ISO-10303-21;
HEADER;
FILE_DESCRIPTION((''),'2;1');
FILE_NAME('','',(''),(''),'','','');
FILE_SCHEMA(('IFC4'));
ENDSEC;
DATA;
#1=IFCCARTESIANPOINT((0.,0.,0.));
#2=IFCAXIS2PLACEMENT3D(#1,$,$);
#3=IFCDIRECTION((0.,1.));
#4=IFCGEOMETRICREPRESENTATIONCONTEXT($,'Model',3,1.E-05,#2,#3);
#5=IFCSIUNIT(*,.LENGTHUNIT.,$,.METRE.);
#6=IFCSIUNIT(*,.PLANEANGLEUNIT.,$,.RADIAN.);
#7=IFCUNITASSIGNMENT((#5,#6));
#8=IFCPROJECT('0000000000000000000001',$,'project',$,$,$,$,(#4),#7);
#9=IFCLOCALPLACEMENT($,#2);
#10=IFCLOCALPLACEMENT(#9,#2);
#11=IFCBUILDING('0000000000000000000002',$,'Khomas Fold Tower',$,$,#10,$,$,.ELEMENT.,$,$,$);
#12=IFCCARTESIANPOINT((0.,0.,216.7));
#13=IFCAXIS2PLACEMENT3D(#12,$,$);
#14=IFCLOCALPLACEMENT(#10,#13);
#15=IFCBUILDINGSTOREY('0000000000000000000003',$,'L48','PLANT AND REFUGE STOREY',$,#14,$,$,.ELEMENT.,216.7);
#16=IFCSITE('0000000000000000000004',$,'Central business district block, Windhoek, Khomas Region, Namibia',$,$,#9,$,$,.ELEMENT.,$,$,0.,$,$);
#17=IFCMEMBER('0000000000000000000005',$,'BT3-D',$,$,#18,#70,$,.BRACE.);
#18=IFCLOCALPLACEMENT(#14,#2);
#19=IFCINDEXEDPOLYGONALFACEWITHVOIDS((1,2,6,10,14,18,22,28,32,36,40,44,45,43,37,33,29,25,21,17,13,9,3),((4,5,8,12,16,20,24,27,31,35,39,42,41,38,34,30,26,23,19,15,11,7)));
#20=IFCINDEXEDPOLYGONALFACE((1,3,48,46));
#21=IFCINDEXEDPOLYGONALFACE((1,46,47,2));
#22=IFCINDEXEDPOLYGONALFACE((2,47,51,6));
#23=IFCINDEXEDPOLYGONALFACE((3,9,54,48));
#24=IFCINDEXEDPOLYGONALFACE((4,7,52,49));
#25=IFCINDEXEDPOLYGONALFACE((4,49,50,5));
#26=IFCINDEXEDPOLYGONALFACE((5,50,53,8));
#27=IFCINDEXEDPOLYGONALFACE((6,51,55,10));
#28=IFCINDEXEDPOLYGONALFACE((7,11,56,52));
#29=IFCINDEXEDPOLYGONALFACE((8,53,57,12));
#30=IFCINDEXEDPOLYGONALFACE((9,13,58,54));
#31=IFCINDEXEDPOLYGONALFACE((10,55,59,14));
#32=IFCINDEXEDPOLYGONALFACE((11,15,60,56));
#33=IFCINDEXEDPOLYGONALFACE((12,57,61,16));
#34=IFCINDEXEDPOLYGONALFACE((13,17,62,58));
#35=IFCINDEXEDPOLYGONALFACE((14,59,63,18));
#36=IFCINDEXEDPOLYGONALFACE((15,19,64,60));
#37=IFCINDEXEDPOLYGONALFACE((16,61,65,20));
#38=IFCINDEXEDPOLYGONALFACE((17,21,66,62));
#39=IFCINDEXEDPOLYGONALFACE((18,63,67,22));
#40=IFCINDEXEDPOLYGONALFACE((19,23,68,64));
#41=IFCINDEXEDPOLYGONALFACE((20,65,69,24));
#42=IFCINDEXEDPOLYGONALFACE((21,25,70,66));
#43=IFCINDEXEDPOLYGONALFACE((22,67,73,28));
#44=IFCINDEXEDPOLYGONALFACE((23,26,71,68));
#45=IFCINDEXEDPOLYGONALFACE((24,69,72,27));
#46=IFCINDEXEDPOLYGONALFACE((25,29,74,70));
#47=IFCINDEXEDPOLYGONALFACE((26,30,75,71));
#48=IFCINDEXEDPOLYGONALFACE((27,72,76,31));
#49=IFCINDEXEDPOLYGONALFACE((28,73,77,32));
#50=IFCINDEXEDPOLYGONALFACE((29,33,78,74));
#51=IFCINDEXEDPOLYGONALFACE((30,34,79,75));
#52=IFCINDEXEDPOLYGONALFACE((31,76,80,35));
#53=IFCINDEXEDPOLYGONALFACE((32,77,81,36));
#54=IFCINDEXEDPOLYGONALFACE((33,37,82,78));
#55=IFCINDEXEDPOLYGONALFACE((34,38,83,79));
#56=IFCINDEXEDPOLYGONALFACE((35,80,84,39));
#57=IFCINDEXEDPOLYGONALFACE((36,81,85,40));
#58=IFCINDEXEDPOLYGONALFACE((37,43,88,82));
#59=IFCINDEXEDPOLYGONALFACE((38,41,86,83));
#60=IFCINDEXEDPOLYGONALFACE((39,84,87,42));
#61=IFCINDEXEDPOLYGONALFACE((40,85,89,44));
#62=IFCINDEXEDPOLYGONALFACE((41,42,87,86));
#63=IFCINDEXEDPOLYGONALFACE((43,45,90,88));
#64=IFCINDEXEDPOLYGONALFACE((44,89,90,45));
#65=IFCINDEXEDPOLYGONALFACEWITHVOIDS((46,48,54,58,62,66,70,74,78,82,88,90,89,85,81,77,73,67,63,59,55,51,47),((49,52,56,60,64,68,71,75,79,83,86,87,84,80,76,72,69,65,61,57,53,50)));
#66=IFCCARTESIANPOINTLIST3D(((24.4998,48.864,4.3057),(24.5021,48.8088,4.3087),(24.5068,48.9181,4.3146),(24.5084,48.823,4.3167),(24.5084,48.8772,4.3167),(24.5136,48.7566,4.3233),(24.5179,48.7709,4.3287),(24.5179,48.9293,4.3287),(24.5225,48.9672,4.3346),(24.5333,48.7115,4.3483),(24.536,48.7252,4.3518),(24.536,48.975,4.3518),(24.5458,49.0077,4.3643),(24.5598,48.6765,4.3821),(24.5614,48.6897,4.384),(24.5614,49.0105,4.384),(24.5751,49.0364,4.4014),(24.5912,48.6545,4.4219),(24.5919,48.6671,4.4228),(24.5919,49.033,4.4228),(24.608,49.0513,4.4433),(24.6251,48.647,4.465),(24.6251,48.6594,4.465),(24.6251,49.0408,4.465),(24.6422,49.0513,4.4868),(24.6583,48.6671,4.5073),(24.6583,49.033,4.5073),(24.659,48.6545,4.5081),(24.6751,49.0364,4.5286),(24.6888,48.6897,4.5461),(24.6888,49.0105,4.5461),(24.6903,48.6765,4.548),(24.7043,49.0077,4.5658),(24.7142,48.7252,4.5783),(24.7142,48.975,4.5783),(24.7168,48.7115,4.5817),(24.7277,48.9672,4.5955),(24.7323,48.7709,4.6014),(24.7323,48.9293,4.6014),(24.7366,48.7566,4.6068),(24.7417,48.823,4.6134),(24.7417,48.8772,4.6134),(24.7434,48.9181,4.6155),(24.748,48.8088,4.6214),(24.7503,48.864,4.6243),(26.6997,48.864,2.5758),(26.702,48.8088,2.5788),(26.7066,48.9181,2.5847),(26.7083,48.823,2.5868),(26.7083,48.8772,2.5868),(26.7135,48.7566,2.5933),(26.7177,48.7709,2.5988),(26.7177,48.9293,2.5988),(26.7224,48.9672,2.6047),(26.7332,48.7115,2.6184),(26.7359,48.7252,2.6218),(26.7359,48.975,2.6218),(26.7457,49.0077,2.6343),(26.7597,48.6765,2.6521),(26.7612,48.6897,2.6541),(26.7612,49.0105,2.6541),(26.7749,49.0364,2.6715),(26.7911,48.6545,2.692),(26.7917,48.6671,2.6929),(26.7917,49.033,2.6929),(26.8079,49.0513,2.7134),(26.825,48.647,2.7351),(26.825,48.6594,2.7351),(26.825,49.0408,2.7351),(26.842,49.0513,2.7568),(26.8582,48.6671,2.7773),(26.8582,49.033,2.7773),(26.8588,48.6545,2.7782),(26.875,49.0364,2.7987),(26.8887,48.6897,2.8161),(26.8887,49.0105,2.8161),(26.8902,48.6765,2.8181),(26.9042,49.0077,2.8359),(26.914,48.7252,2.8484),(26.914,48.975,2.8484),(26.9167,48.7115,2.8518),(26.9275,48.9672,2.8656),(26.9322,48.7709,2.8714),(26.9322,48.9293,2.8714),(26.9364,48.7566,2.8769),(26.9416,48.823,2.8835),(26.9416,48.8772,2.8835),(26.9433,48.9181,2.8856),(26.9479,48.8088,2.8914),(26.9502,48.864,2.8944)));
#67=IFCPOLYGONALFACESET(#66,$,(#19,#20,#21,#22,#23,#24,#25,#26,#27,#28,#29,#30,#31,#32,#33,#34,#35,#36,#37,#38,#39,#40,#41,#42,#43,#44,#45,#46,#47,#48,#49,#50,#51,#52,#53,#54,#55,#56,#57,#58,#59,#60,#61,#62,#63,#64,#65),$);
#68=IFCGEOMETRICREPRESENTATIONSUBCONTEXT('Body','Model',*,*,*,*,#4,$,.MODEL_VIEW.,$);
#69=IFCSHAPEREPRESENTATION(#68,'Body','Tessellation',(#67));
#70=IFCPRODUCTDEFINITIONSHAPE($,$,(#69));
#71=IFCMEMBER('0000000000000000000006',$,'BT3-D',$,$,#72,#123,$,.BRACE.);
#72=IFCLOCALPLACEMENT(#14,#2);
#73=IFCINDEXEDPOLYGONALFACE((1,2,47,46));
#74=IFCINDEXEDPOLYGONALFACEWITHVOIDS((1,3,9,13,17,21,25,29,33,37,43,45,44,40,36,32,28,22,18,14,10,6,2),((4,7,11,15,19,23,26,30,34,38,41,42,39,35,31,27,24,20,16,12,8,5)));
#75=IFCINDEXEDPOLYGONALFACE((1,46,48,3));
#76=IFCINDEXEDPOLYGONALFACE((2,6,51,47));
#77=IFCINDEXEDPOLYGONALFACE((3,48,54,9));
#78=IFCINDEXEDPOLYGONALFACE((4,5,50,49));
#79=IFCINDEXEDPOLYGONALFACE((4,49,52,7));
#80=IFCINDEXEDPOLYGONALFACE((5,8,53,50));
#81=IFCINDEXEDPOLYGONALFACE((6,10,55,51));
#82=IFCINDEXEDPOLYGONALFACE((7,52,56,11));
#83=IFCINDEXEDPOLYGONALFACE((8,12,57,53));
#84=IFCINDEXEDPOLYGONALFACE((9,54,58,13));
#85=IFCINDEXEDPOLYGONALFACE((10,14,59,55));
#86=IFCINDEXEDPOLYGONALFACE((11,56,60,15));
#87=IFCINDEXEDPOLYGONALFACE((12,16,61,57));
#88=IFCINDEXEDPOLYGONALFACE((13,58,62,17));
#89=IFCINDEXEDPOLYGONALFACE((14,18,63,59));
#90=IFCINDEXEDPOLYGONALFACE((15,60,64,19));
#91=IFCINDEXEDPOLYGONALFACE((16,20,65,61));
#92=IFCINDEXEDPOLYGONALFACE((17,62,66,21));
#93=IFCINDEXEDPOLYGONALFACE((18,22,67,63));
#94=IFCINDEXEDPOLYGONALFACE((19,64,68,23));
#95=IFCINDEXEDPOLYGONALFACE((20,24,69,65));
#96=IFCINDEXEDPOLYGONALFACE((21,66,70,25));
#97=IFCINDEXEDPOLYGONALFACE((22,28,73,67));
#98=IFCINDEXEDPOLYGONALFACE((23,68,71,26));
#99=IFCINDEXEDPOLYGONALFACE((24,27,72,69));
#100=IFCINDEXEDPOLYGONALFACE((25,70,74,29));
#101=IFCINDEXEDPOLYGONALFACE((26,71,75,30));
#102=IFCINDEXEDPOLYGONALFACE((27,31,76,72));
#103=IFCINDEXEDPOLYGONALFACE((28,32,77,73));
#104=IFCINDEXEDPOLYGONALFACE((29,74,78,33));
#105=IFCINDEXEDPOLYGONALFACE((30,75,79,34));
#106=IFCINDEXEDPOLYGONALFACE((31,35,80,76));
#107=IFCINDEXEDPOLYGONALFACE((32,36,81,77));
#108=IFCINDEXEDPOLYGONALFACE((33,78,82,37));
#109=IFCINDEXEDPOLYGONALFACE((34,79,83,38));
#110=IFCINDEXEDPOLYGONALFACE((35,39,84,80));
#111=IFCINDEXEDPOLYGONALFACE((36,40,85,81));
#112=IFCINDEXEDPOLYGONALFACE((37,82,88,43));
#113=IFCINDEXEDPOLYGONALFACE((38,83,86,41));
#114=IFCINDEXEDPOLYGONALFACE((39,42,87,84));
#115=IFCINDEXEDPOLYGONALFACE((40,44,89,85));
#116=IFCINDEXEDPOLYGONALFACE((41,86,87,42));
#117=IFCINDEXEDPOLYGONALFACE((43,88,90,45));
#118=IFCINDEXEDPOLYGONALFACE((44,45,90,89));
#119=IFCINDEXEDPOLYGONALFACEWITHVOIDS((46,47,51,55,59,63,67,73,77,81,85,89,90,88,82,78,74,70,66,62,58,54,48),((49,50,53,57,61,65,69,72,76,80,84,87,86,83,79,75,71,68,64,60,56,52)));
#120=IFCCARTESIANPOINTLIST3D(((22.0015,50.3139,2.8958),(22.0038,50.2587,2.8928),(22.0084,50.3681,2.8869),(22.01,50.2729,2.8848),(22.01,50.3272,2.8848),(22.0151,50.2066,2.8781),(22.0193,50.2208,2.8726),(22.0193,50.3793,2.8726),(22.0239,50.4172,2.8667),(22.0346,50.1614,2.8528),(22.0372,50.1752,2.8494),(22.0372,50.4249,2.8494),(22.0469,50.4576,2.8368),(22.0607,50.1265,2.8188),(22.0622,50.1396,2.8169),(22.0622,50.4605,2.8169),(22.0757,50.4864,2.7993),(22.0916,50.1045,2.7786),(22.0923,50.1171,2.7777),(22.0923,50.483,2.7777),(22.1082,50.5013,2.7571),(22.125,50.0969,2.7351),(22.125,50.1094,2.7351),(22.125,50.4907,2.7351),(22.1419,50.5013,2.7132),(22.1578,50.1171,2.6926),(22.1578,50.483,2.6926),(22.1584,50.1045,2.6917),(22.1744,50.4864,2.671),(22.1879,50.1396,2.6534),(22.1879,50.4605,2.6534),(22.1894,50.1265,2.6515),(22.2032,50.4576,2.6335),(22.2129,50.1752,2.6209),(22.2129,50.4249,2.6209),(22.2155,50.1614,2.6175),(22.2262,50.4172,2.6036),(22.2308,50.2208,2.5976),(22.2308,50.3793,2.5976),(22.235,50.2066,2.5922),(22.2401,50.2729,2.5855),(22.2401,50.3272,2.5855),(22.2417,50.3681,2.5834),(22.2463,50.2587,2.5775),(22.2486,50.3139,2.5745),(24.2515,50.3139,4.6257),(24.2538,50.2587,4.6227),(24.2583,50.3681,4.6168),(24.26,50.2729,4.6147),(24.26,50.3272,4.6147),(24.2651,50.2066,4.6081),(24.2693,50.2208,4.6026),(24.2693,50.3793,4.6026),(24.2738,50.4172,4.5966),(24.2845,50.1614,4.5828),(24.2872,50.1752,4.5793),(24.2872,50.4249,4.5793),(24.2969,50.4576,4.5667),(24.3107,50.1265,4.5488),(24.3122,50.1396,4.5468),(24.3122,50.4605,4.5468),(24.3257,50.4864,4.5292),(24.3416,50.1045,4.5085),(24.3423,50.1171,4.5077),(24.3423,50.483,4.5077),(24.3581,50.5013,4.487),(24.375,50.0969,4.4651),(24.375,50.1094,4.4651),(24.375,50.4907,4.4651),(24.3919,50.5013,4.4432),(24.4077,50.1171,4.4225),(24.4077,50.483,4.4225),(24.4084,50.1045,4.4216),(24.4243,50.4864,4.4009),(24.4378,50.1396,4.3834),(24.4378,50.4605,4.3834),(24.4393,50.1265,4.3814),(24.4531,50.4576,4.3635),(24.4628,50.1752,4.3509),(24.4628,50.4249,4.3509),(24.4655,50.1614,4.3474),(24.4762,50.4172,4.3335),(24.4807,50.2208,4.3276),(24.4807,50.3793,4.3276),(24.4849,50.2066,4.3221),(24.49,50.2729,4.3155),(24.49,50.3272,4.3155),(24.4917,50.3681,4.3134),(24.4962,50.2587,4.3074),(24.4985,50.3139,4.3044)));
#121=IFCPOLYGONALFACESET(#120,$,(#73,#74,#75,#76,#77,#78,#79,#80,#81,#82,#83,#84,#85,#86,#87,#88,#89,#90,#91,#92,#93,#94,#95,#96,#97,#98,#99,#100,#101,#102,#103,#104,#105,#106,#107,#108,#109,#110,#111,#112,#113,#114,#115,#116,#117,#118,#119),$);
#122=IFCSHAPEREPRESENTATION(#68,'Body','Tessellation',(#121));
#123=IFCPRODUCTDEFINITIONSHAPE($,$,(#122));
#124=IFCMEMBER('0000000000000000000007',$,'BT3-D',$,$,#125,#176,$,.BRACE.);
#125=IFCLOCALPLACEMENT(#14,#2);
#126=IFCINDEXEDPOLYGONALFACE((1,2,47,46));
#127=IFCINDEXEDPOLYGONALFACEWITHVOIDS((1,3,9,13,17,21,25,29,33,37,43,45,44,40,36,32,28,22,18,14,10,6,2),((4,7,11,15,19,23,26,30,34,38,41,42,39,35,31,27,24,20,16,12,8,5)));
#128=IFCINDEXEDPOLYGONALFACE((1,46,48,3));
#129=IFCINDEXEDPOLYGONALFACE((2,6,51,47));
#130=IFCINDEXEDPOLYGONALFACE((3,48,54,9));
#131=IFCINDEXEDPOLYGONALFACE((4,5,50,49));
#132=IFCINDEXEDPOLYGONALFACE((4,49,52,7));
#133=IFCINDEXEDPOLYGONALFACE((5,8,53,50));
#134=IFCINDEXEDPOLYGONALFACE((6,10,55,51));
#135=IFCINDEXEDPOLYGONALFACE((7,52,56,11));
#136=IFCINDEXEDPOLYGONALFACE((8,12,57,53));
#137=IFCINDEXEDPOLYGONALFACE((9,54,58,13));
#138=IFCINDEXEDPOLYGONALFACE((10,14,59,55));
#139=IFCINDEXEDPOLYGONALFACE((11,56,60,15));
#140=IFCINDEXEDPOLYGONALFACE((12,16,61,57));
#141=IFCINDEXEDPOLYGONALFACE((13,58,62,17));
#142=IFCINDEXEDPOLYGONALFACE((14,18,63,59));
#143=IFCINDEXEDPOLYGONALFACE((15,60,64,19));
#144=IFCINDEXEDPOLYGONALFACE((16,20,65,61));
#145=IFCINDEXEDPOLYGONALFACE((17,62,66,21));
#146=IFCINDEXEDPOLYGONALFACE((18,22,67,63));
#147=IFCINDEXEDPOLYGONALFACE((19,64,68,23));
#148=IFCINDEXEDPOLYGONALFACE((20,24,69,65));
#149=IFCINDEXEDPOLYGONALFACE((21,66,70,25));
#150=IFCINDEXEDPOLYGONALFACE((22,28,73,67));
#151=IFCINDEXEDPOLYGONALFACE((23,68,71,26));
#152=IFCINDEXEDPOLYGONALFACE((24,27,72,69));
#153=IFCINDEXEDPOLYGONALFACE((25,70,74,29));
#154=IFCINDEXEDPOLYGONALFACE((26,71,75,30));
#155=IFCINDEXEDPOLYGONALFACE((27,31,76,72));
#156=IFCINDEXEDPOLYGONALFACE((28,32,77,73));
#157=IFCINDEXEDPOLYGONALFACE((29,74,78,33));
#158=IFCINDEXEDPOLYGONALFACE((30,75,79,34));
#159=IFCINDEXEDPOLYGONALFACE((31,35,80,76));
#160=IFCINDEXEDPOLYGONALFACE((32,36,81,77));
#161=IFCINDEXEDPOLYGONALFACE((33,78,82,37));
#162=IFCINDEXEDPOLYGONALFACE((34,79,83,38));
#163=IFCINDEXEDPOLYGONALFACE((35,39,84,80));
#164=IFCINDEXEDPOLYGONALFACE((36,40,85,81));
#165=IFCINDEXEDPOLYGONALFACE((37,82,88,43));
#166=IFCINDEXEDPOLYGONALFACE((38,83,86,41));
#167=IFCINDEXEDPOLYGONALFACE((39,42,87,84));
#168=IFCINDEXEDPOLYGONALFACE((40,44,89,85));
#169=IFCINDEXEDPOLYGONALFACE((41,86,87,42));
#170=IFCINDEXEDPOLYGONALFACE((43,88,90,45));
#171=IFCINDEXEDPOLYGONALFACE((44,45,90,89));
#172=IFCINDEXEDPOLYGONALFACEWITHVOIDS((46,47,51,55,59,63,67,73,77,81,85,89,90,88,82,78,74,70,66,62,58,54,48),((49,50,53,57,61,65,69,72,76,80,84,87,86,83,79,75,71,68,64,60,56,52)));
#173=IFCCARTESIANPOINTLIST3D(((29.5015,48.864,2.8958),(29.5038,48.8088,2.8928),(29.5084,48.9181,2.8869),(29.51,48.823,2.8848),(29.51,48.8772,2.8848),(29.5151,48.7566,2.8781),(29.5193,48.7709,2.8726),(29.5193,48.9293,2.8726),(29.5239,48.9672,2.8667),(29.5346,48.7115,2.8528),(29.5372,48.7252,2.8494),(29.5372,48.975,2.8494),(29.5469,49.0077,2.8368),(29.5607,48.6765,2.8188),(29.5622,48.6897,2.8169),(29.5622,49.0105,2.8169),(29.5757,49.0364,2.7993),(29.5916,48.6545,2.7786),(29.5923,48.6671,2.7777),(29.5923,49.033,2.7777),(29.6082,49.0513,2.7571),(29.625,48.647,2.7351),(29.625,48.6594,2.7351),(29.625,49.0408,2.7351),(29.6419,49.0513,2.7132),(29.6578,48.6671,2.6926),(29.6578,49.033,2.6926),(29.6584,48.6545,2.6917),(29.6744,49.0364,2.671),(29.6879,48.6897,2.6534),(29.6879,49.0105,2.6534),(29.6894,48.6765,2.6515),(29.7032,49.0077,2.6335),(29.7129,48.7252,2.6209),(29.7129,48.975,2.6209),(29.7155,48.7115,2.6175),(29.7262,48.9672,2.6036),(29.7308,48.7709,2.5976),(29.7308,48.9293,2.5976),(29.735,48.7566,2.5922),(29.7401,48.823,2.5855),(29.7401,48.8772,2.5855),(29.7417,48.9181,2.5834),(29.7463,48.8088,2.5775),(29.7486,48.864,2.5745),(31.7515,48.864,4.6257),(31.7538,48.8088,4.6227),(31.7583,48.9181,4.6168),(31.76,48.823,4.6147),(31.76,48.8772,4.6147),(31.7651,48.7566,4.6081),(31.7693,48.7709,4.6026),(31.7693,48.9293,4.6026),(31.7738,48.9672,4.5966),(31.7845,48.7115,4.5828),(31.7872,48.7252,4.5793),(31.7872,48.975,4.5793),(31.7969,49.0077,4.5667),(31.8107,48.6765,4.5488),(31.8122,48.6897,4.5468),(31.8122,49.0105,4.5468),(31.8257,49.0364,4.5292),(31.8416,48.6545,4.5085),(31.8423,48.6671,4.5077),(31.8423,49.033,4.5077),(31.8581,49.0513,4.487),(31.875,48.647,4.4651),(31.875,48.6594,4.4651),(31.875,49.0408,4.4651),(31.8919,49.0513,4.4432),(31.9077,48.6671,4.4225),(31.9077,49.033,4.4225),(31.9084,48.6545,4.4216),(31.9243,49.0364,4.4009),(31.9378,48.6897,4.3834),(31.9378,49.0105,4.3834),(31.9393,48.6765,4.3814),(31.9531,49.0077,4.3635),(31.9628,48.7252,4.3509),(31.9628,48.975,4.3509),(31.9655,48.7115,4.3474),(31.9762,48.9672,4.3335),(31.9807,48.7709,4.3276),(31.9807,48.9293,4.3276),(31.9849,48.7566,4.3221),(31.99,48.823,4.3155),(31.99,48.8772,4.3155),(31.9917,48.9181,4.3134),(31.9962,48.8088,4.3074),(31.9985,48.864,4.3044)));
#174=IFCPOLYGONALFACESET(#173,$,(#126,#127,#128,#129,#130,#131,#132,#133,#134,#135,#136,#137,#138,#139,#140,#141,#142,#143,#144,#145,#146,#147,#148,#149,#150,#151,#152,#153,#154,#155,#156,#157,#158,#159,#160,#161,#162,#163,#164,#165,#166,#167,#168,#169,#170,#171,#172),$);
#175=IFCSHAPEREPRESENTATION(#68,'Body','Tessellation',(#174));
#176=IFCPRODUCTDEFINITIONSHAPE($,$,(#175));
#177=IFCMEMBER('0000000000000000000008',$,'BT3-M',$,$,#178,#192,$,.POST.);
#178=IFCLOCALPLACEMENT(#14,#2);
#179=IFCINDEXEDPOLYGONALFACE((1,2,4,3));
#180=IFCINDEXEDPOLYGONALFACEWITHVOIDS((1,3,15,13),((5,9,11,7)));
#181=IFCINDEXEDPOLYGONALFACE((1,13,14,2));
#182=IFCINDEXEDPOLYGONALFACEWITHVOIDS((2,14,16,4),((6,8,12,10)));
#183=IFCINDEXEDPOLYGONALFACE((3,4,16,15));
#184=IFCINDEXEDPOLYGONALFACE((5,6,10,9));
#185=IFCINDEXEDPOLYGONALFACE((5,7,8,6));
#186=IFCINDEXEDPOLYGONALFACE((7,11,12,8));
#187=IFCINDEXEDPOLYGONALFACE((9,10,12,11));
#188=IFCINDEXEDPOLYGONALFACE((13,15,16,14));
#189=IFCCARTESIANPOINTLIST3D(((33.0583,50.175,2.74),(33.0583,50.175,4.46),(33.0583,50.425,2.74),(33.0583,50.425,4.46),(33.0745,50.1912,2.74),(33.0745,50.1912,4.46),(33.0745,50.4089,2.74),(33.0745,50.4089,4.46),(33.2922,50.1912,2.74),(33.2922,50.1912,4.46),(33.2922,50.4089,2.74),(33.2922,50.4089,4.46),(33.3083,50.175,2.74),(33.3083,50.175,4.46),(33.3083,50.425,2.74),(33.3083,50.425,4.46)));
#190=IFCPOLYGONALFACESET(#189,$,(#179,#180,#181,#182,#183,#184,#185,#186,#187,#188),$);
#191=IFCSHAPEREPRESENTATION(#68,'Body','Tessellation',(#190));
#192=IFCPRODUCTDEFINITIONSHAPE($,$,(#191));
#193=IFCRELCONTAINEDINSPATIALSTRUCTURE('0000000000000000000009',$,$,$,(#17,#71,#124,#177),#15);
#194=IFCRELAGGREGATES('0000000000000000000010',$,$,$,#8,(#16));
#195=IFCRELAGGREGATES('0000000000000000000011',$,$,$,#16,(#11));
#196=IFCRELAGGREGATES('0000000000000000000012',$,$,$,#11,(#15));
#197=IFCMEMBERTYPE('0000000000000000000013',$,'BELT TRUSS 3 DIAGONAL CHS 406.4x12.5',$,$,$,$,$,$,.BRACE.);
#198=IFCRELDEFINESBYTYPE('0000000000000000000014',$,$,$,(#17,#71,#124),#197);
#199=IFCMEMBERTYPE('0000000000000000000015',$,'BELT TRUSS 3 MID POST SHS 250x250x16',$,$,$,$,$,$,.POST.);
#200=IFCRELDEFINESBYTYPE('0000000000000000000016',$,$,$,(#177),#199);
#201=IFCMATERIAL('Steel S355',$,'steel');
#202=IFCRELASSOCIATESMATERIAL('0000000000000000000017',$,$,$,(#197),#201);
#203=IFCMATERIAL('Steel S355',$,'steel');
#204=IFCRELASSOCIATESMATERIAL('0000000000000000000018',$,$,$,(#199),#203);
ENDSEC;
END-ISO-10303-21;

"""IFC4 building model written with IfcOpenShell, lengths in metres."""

from ifc_helpers import new_model, si_unit, direction, frame, origin, origin_2d, place, context, subcontext, project, spatial, hollow_rectangle, hollow_circle, extrude, source, transform, mapped, material, material_profile, profile_set, type_object, element, save


model = new_model("IFC4")

# Units and contexts
model_context = context("Model", 3, precision=1e-05, world=origin(), true_north=direction((0.0, 1.0)))
body_context = subcontext(model_context, "Body", "Model", "MODEL_VIEW")
ifc_project = project(units=[si_unit("LENGTHUNIT", "METRE"), si_unit("PLANEANGLEUNIT", "RADIAN")], contexts=[model_context])

# Site, building, storey
site_placement = place(None, origin())
site = spatial("IfcSite", under=ifc_project, at=site_placement, Name="Central business district block, Windhoek, Khomas Region, Namibia", CompositionType="ELEMENT", RefElevation=0.0)
building_placement = place(site_placement, origin())
building = spatial("IfcBuilding", under=site, at=building_placement, Name="Khomas Fold Tower", CompositionType="ELEMENT")
storey_placement = place(building_placement, frame((0.0, 0.0, 216.7)))
storey = spatial("IfcBuildingStorey", under=building, at=storey_placement, Name="L48", Description="PLANT AND REFUGE STOREY", CompositionType="ELEMENT", Elevation=216.7)

# Members
ifc_material_1 = material(Name="Steel S355", Category="steel")
ifc_material_profile_1 = material_profile(ifc_material_1, hollow_circle(Radius=0.2031, WallThickness=0.0125, at=origin_2d()), Name="CHS 406.4x12.5")
ifc_profile_set_1 = profile_set([ifc_material_profile_1], Name="Steel S355")
member_type_1 = type_object("IfcMemberType", Name="BELT TRUSS 3 DIAGONAL CHS 406.4x12.5", PredefinedType="BRACE", material=ifc_profile_set_1)
shared_shape_1 = source(origin(), body_context, "Body", "SweptSolid", [
    extrude(hollow_circle(Radius=0.2031, WallThickness=0.0125, at=origin_2d()), origin(), (0.0, 0.0, 1.0), 2.7986),
])
for number, where, z_axis, x_axis, name in (
    (1, (26.825, 48.8501, 2.7351), (-0.786067, 0.0, 0.618141), (0.0, -1.0, 0.0), "BT3-D"),
):
    element("IfcMember", number, at=place(storey_placement, frame(where, z_axis=z_axis, x_axis=x_axis)), inside=storey, type_object=member_type_1, Name=name, PredefinedType="BRACE", context=body_context, shape_type="MappedRepresentation", body=[
        mapped(shared_shape_1, transform((0.0, 0.0, 0.0))),
    ])
shared_shape_2 = source(origin(), body_context, "Body", "SweptSolid", [
    extrude(hollow_circle(Radius=0.2031, WallThickness=0.0125, at=origin_2d()), origin(), (0.0, 0.0, 1.0), 2.8381),
])
for number, where, z_axis, x_axis, name in (
    (2, (24.375, 50.3, 4.4651), (-0.792758, 0.0, -0.609536), (0.0, -1.0, 0.0), "BT3-D"),
    (3, (31.875, 48.8501, 4.4651), (-0.792758, 0.0, -0.609536), (0.0, -1.0, 0.0), "BT3-D"),
):
    element("IfcMember", number, at=place(storey_placement, frame(where, z_axis=z_axis, x_axis=x_axis)), inside=storey, type_object=member_type_1, Name=name, PredefinedType="BRACE", context=body_context, shape_type="MappedRepresentation", body=[
        mapped(shared_shape_2, transform((0.0, 0.0, 0.0))),
    ])
ifc_material_2 = material(Name="Steel S355", Category="steel")
ifc_material_profile_2 = material_profile(ifc_material_2, hollow_rectangle(XDim=0.25, YDim=0.25, WallThickness=0.0161, at=origin_2d()), Name="SHS 250x250x16")
ifc_profile_set_2 = profile_set([ifc_material_profile_2], Name="Steel S355")
member_type_2 = type_object("IfcMemberType", Name="BELT TRUSS 3 MID POST SHS 250x250x16", PredefinedType="POST", material=ifc_profile_set_2)
shared_shape_3 = source(origin(), body_context, "Body", "SweptSolid", [
    extrude(hollow_rectangle(XDim=0.25, YDim=0.25, WallThickness=0.0161, at=origin_2d()), origin(), (0.0, 0.0, 1.0), 1.72),
])
for number, where, z_axis, x_axis, name in (
    (4, (33.1833, 50.3, 2.74), (0.0, 0.0, 1.0), (1.0, 0.0, 0.0), "BT3-M"),
):
    element("IfcMember", number, at=place(storey_placement, frame(where, z_axis=z_axis, x_axis=x_axis)), inside=storey, type_object=member_type_2, Name=name, PredefinedType="POST", context=body_context, shape_type="MappedRepresentation", body=[
        mapped(shared_shape_3, transform((0.0, 0.0, 0.0))),
    ])

save(model, "model.ifc")
